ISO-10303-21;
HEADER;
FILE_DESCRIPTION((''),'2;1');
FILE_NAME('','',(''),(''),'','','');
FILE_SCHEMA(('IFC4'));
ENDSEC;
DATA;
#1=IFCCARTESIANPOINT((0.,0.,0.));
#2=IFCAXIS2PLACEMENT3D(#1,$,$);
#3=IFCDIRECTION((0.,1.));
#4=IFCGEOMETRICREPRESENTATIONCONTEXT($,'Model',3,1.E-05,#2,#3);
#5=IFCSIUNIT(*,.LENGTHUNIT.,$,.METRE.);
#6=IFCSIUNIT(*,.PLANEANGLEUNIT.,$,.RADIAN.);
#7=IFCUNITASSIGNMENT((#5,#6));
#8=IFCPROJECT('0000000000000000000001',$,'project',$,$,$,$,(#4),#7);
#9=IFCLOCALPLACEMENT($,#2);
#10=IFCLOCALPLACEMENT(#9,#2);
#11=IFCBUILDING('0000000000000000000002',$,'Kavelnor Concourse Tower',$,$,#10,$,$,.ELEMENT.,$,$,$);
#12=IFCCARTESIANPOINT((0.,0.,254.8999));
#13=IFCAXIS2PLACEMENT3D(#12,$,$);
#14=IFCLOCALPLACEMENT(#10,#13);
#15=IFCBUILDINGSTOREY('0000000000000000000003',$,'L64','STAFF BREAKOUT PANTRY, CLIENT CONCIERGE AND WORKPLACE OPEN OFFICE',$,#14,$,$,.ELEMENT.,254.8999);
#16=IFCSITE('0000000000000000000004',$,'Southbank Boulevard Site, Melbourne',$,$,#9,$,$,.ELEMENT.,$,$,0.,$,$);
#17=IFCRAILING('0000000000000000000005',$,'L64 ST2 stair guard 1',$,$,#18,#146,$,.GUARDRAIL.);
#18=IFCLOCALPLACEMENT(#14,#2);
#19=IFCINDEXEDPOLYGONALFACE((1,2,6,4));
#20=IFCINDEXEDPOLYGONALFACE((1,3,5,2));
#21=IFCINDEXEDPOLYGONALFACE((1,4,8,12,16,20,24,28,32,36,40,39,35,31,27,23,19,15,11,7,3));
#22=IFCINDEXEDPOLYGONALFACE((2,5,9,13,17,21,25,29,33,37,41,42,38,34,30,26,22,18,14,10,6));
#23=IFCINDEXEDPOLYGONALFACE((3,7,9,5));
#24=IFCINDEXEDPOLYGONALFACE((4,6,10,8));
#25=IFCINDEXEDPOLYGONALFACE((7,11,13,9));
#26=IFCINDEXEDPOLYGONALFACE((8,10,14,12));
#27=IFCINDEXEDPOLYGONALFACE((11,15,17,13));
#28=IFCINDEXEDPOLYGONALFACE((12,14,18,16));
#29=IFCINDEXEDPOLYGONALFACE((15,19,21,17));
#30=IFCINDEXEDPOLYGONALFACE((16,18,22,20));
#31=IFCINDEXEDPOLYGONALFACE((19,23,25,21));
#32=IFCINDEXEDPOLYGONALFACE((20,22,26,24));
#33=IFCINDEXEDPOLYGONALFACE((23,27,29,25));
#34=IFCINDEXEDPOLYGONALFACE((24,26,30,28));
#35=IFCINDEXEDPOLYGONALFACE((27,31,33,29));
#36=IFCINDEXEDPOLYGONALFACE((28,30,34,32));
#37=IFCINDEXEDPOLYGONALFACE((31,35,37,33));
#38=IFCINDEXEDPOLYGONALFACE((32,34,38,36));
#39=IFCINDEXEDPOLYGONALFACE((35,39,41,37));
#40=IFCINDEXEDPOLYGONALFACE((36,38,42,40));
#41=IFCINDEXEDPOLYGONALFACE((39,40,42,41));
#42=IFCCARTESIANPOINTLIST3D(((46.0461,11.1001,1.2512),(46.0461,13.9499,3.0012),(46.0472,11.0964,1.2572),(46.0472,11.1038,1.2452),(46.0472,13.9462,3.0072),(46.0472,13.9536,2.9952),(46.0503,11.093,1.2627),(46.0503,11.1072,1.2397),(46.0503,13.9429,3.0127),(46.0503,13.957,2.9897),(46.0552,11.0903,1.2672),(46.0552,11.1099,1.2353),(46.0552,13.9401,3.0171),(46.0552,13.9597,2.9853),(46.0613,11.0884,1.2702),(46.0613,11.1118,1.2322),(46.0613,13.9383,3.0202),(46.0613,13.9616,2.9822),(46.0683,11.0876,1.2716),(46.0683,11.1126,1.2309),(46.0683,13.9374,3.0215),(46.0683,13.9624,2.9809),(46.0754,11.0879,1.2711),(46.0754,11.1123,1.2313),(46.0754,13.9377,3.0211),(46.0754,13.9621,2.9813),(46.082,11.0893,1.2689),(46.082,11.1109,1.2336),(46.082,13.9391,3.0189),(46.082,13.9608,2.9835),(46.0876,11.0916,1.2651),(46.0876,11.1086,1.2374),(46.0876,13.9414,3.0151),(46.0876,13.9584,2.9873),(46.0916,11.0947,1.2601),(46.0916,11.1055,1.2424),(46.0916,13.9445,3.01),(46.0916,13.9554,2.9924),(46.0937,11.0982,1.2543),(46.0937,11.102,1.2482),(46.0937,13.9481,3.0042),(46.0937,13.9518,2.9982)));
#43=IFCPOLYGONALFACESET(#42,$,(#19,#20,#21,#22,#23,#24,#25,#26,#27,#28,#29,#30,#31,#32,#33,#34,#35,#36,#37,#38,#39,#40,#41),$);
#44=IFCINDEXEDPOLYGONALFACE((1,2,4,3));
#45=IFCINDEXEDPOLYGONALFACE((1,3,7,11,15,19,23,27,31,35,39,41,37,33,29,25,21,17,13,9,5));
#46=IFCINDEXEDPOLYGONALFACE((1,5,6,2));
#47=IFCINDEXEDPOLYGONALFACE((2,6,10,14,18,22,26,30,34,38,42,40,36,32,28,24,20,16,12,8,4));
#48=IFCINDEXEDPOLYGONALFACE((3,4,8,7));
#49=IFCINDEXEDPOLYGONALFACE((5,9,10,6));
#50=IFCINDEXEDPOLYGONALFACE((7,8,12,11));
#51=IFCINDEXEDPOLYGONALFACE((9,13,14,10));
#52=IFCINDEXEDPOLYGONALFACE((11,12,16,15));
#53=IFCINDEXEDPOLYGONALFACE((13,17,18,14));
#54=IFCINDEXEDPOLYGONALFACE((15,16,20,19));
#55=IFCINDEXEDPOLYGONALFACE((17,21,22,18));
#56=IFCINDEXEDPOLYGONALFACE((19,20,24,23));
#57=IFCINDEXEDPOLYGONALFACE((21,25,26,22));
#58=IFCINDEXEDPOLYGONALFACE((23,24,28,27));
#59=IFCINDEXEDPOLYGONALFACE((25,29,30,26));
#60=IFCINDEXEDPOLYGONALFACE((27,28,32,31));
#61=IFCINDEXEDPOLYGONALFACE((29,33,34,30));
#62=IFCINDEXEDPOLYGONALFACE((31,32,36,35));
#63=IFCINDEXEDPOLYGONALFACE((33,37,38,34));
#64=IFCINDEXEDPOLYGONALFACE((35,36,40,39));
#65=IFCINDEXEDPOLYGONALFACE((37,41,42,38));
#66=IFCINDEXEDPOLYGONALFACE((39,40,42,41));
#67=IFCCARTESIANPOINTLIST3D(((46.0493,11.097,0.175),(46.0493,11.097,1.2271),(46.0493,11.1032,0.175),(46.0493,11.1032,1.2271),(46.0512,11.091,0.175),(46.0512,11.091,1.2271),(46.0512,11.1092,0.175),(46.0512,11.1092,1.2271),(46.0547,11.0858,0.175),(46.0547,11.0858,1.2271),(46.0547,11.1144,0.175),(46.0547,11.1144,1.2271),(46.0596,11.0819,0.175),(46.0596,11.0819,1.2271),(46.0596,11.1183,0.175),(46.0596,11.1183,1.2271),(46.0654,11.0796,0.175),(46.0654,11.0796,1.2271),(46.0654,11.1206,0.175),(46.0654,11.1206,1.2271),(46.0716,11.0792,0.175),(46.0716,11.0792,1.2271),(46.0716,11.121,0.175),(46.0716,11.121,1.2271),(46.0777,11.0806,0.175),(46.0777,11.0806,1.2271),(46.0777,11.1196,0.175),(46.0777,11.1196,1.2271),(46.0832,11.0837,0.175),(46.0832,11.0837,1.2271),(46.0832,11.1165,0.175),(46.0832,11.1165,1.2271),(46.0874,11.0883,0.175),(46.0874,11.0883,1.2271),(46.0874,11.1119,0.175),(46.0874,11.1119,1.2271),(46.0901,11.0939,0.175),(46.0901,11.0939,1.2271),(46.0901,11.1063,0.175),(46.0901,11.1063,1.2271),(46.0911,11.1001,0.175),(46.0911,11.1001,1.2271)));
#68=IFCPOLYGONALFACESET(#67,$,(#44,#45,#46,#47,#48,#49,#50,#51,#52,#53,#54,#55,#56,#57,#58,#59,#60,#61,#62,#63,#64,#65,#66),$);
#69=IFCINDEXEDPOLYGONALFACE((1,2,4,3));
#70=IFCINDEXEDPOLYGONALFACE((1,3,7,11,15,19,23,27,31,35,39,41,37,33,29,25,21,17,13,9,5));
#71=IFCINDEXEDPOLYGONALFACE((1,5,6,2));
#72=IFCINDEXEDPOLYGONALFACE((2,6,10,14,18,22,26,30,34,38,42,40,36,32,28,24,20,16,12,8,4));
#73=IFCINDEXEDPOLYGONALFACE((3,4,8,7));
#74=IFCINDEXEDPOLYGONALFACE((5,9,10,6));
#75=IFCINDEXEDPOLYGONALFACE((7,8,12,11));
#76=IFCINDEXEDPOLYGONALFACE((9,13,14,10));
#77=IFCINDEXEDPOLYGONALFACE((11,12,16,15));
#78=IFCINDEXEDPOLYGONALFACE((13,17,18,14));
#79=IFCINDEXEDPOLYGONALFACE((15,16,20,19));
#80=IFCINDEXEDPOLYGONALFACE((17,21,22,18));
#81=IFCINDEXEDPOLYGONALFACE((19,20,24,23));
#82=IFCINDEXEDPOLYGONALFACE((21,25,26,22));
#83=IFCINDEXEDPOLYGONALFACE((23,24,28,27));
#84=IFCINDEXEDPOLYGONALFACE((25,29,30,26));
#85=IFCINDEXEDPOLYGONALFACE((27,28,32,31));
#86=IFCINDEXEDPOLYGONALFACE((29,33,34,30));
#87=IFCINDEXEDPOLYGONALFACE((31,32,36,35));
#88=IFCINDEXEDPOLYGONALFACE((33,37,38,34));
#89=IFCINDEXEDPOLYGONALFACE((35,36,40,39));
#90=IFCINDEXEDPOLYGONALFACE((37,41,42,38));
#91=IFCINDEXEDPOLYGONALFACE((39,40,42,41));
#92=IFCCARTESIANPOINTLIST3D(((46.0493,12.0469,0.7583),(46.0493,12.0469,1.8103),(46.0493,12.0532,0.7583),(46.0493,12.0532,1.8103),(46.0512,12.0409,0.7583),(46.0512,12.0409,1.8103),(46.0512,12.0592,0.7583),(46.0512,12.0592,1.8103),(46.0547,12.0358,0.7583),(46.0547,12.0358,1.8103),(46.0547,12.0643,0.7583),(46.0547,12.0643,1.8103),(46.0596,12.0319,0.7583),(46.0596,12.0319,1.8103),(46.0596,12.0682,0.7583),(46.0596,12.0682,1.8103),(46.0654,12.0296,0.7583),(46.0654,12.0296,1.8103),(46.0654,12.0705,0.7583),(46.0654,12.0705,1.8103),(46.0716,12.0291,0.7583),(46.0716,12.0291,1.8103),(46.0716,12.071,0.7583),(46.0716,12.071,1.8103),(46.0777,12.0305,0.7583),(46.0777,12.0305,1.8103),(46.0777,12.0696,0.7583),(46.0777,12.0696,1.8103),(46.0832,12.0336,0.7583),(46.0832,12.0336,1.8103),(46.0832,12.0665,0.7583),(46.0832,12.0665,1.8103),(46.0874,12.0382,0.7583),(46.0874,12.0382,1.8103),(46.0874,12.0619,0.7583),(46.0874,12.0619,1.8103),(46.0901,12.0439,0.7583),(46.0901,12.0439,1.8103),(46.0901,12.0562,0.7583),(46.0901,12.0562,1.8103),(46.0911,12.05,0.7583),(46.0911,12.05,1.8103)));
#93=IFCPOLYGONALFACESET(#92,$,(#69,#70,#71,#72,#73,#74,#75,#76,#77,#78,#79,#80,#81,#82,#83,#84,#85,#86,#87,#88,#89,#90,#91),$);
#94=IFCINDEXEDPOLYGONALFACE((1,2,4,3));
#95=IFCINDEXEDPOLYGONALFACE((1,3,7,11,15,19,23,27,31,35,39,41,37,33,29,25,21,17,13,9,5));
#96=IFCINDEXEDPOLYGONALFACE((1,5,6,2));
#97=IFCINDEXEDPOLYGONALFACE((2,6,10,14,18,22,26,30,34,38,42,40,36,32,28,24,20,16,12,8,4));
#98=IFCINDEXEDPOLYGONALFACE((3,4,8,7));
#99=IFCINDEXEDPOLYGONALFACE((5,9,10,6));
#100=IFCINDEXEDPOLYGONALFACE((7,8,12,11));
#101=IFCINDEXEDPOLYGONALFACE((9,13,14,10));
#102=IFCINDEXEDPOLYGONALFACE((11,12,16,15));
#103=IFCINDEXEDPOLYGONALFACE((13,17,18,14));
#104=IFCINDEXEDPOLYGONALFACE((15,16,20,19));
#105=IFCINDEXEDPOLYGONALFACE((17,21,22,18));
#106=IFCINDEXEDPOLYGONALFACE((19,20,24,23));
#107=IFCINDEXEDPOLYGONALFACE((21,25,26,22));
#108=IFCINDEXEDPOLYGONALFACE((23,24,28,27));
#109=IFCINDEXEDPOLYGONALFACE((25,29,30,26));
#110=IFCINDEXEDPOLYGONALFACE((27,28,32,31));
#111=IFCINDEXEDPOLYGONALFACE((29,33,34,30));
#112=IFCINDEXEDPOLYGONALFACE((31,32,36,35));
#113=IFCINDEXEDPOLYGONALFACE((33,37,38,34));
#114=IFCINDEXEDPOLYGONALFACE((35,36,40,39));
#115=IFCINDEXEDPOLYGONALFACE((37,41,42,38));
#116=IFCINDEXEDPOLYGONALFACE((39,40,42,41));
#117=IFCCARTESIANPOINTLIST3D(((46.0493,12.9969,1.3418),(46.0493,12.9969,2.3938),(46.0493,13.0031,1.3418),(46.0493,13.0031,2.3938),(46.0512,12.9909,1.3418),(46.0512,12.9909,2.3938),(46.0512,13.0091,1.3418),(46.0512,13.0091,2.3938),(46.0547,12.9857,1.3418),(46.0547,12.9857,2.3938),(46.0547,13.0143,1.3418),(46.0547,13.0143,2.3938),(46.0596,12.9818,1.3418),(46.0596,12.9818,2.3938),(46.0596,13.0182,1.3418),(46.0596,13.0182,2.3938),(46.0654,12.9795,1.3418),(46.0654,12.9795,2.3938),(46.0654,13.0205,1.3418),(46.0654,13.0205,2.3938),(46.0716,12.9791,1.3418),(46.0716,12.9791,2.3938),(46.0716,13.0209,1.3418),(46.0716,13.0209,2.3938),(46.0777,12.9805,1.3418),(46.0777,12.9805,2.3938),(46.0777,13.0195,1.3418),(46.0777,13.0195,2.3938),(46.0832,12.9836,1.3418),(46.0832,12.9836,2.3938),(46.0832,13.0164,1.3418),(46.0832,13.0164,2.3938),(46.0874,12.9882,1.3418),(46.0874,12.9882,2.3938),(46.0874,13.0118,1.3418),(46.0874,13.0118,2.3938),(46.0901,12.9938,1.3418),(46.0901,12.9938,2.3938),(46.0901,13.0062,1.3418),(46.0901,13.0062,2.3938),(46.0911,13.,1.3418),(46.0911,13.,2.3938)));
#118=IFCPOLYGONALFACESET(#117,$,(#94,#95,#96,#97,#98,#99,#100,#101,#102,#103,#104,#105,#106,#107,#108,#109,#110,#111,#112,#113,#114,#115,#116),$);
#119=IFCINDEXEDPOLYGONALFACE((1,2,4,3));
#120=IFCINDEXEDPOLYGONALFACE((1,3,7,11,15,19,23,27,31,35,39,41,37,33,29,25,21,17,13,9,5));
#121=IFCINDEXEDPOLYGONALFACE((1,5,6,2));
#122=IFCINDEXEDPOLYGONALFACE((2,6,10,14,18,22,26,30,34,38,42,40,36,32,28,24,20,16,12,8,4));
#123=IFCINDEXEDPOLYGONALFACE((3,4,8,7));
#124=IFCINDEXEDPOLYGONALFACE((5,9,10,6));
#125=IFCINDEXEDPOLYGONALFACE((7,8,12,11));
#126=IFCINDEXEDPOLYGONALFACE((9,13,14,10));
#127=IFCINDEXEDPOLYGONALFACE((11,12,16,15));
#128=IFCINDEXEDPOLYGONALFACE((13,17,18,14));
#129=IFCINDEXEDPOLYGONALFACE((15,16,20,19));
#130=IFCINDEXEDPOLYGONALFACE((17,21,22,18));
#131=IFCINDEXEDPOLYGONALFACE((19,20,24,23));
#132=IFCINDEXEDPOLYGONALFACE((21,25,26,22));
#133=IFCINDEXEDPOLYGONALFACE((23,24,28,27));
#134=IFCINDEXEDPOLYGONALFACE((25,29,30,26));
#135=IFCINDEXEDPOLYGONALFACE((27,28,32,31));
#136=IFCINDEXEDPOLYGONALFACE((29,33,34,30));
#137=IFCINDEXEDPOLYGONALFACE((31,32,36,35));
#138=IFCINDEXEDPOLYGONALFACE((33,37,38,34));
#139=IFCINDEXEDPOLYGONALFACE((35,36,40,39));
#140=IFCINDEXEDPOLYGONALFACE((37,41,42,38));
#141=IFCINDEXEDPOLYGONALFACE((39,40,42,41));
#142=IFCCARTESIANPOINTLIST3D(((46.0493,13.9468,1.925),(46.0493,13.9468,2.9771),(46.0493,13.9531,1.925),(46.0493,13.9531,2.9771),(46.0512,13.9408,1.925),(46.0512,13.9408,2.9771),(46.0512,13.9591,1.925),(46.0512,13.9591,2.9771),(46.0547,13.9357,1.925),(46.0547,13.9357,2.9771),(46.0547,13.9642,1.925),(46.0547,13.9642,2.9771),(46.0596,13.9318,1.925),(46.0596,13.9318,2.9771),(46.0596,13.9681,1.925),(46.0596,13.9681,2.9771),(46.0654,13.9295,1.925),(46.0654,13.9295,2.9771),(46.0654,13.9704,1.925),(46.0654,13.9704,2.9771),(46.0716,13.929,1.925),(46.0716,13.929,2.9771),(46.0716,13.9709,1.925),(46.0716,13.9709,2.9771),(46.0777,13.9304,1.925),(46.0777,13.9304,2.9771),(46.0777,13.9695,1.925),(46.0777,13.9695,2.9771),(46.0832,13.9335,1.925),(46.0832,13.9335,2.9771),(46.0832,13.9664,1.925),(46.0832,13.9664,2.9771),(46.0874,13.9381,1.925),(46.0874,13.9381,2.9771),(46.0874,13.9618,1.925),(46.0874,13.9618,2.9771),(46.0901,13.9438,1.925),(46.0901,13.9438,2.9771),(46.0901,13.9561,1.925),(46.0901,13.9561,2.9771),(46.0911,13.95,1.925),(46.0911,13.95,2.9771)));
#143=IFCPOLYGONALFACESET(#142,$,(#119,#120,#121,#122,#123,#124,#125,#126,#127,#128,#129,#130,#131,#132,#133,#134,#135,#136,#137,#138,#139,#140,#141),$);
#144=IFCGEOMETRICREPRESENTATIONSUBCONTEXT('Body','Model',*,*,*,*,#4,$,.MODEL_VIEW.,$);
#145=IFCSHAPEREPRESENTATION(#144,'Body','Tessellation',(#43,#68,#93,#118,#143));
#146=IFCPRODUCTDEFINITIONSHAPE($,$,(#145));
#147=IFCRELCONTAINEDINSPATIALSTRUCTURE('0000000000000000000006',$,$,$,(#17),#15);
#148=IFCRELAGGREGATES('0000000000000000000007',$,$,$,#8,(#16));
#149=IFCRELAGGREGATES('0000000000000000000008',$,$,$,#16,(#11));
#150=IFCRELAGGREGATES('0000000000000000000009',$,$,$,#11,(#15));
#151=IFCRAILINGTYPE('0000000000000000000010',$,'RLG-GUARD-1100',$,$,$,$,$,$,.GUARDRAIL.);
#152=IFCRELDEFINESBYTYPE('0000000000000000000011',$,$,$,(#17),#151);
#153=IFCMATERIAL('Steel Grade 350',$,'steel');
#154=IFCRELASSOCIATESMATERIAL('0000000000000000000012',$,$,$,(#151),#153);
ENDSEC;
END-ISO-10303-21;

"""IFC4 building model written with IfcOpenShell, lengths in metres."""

from ifc_helpers import new_model, si_unit, direction, frame, origin, origin_2d, place, context, subcontext, project, spatial, circle, extrude, material, type_object, element, save


model = new_model("IFC4")

# Units and contexts
model_context = context("Model", 3, precision=1e-05, world=origin(), true_north=direction((0.0, 1.0)))
body_context = subcontext(model_context, "Body", "Model", "MODEL_VIEW")
ifc_project = project(units=[si_unit("LENGTHUNIT", "METRE"), si_unit("PLANEANGLEUNIT", "RADIAN")], contexts=[model_context])

# Site, building, storey
site_placement = place(None, origin())
site = spatial("IfcSite", under=ifc_project, at=site_placement, Name="Southbank Boulevard Site, Melbourne", CompositionType="ELEMENT", RefElevation=0.0)
building_placement = place(site_placement, origin())
building = spatial("IfcBuilding", under=site, at=building_placement, Name="Kavelnor Concourse Tower", CompositionType="ELEMENT")
storey_placement = place(building_placement, frame((0.0, 0.0, 254.8999)))
storey = spatial("IfcBuildingStorey", under=building, at=storey_placement, Name="L64", Description="STAFF BREAKOUT PANTRY, CLIENT CONCIERGE AND WORKPLACE OPEN OFFICE", CompositionType="ELEMENT", Elevation=254.8999)

# Shared definitions
ifc_material_1 = material(Name="Steel Grade 350", Category="steel")

# Railing
railing_type_1 = type_object("IfcRailingType", Name="RLG-GUARD-1100", PredefinedType="GUARDRAIL", material=ifc_material_1)
railing_1_placement = place(storey_placement, frame((46.0701, 11.1001, 0.175)))
element("IfcRailing", 1, at=railing_1_placement, inside=storey, type_object=railing_type_1, Name="L64 ST2 stair guard 1", PredefinedType="GUARDRAIL", context=body_context, shape_type="SweptSolid", body=[
    extrude(circle(Radius=0.0239, at=origin_2d()), frame((0.0, 0.0, 1.0762), z_axis=(0.0, 0.852159, 0.523283), x_axis=(-1.0, 0.0, 0.0)), (0.0, 0.0, 1.0), 3.3442),
    extrude(circle(Radius=0.021, at=origin_2d()), origin(), (0.0, 0.0, 1.0), 1.052),
    extrude(circle(Radius=0.021, at=origin_2d()), frame((0.0, 0.95, 0.5833)), (0.0, 0.0, 1.0), 1.052),
    extrude(circle(Radius=0.021, at=origin_2d()), frame((0.0, 1.8999, 1.1667)), (0.0, 0.0, 1.0), 1.052),
    extrude(circle(Radius=0.021, at=origin_2d()), frame((0.0, 2.8499, 1.75)), (0.0, 0.0, 1.0), 1.052),
])

save(model, "model.ifc")
